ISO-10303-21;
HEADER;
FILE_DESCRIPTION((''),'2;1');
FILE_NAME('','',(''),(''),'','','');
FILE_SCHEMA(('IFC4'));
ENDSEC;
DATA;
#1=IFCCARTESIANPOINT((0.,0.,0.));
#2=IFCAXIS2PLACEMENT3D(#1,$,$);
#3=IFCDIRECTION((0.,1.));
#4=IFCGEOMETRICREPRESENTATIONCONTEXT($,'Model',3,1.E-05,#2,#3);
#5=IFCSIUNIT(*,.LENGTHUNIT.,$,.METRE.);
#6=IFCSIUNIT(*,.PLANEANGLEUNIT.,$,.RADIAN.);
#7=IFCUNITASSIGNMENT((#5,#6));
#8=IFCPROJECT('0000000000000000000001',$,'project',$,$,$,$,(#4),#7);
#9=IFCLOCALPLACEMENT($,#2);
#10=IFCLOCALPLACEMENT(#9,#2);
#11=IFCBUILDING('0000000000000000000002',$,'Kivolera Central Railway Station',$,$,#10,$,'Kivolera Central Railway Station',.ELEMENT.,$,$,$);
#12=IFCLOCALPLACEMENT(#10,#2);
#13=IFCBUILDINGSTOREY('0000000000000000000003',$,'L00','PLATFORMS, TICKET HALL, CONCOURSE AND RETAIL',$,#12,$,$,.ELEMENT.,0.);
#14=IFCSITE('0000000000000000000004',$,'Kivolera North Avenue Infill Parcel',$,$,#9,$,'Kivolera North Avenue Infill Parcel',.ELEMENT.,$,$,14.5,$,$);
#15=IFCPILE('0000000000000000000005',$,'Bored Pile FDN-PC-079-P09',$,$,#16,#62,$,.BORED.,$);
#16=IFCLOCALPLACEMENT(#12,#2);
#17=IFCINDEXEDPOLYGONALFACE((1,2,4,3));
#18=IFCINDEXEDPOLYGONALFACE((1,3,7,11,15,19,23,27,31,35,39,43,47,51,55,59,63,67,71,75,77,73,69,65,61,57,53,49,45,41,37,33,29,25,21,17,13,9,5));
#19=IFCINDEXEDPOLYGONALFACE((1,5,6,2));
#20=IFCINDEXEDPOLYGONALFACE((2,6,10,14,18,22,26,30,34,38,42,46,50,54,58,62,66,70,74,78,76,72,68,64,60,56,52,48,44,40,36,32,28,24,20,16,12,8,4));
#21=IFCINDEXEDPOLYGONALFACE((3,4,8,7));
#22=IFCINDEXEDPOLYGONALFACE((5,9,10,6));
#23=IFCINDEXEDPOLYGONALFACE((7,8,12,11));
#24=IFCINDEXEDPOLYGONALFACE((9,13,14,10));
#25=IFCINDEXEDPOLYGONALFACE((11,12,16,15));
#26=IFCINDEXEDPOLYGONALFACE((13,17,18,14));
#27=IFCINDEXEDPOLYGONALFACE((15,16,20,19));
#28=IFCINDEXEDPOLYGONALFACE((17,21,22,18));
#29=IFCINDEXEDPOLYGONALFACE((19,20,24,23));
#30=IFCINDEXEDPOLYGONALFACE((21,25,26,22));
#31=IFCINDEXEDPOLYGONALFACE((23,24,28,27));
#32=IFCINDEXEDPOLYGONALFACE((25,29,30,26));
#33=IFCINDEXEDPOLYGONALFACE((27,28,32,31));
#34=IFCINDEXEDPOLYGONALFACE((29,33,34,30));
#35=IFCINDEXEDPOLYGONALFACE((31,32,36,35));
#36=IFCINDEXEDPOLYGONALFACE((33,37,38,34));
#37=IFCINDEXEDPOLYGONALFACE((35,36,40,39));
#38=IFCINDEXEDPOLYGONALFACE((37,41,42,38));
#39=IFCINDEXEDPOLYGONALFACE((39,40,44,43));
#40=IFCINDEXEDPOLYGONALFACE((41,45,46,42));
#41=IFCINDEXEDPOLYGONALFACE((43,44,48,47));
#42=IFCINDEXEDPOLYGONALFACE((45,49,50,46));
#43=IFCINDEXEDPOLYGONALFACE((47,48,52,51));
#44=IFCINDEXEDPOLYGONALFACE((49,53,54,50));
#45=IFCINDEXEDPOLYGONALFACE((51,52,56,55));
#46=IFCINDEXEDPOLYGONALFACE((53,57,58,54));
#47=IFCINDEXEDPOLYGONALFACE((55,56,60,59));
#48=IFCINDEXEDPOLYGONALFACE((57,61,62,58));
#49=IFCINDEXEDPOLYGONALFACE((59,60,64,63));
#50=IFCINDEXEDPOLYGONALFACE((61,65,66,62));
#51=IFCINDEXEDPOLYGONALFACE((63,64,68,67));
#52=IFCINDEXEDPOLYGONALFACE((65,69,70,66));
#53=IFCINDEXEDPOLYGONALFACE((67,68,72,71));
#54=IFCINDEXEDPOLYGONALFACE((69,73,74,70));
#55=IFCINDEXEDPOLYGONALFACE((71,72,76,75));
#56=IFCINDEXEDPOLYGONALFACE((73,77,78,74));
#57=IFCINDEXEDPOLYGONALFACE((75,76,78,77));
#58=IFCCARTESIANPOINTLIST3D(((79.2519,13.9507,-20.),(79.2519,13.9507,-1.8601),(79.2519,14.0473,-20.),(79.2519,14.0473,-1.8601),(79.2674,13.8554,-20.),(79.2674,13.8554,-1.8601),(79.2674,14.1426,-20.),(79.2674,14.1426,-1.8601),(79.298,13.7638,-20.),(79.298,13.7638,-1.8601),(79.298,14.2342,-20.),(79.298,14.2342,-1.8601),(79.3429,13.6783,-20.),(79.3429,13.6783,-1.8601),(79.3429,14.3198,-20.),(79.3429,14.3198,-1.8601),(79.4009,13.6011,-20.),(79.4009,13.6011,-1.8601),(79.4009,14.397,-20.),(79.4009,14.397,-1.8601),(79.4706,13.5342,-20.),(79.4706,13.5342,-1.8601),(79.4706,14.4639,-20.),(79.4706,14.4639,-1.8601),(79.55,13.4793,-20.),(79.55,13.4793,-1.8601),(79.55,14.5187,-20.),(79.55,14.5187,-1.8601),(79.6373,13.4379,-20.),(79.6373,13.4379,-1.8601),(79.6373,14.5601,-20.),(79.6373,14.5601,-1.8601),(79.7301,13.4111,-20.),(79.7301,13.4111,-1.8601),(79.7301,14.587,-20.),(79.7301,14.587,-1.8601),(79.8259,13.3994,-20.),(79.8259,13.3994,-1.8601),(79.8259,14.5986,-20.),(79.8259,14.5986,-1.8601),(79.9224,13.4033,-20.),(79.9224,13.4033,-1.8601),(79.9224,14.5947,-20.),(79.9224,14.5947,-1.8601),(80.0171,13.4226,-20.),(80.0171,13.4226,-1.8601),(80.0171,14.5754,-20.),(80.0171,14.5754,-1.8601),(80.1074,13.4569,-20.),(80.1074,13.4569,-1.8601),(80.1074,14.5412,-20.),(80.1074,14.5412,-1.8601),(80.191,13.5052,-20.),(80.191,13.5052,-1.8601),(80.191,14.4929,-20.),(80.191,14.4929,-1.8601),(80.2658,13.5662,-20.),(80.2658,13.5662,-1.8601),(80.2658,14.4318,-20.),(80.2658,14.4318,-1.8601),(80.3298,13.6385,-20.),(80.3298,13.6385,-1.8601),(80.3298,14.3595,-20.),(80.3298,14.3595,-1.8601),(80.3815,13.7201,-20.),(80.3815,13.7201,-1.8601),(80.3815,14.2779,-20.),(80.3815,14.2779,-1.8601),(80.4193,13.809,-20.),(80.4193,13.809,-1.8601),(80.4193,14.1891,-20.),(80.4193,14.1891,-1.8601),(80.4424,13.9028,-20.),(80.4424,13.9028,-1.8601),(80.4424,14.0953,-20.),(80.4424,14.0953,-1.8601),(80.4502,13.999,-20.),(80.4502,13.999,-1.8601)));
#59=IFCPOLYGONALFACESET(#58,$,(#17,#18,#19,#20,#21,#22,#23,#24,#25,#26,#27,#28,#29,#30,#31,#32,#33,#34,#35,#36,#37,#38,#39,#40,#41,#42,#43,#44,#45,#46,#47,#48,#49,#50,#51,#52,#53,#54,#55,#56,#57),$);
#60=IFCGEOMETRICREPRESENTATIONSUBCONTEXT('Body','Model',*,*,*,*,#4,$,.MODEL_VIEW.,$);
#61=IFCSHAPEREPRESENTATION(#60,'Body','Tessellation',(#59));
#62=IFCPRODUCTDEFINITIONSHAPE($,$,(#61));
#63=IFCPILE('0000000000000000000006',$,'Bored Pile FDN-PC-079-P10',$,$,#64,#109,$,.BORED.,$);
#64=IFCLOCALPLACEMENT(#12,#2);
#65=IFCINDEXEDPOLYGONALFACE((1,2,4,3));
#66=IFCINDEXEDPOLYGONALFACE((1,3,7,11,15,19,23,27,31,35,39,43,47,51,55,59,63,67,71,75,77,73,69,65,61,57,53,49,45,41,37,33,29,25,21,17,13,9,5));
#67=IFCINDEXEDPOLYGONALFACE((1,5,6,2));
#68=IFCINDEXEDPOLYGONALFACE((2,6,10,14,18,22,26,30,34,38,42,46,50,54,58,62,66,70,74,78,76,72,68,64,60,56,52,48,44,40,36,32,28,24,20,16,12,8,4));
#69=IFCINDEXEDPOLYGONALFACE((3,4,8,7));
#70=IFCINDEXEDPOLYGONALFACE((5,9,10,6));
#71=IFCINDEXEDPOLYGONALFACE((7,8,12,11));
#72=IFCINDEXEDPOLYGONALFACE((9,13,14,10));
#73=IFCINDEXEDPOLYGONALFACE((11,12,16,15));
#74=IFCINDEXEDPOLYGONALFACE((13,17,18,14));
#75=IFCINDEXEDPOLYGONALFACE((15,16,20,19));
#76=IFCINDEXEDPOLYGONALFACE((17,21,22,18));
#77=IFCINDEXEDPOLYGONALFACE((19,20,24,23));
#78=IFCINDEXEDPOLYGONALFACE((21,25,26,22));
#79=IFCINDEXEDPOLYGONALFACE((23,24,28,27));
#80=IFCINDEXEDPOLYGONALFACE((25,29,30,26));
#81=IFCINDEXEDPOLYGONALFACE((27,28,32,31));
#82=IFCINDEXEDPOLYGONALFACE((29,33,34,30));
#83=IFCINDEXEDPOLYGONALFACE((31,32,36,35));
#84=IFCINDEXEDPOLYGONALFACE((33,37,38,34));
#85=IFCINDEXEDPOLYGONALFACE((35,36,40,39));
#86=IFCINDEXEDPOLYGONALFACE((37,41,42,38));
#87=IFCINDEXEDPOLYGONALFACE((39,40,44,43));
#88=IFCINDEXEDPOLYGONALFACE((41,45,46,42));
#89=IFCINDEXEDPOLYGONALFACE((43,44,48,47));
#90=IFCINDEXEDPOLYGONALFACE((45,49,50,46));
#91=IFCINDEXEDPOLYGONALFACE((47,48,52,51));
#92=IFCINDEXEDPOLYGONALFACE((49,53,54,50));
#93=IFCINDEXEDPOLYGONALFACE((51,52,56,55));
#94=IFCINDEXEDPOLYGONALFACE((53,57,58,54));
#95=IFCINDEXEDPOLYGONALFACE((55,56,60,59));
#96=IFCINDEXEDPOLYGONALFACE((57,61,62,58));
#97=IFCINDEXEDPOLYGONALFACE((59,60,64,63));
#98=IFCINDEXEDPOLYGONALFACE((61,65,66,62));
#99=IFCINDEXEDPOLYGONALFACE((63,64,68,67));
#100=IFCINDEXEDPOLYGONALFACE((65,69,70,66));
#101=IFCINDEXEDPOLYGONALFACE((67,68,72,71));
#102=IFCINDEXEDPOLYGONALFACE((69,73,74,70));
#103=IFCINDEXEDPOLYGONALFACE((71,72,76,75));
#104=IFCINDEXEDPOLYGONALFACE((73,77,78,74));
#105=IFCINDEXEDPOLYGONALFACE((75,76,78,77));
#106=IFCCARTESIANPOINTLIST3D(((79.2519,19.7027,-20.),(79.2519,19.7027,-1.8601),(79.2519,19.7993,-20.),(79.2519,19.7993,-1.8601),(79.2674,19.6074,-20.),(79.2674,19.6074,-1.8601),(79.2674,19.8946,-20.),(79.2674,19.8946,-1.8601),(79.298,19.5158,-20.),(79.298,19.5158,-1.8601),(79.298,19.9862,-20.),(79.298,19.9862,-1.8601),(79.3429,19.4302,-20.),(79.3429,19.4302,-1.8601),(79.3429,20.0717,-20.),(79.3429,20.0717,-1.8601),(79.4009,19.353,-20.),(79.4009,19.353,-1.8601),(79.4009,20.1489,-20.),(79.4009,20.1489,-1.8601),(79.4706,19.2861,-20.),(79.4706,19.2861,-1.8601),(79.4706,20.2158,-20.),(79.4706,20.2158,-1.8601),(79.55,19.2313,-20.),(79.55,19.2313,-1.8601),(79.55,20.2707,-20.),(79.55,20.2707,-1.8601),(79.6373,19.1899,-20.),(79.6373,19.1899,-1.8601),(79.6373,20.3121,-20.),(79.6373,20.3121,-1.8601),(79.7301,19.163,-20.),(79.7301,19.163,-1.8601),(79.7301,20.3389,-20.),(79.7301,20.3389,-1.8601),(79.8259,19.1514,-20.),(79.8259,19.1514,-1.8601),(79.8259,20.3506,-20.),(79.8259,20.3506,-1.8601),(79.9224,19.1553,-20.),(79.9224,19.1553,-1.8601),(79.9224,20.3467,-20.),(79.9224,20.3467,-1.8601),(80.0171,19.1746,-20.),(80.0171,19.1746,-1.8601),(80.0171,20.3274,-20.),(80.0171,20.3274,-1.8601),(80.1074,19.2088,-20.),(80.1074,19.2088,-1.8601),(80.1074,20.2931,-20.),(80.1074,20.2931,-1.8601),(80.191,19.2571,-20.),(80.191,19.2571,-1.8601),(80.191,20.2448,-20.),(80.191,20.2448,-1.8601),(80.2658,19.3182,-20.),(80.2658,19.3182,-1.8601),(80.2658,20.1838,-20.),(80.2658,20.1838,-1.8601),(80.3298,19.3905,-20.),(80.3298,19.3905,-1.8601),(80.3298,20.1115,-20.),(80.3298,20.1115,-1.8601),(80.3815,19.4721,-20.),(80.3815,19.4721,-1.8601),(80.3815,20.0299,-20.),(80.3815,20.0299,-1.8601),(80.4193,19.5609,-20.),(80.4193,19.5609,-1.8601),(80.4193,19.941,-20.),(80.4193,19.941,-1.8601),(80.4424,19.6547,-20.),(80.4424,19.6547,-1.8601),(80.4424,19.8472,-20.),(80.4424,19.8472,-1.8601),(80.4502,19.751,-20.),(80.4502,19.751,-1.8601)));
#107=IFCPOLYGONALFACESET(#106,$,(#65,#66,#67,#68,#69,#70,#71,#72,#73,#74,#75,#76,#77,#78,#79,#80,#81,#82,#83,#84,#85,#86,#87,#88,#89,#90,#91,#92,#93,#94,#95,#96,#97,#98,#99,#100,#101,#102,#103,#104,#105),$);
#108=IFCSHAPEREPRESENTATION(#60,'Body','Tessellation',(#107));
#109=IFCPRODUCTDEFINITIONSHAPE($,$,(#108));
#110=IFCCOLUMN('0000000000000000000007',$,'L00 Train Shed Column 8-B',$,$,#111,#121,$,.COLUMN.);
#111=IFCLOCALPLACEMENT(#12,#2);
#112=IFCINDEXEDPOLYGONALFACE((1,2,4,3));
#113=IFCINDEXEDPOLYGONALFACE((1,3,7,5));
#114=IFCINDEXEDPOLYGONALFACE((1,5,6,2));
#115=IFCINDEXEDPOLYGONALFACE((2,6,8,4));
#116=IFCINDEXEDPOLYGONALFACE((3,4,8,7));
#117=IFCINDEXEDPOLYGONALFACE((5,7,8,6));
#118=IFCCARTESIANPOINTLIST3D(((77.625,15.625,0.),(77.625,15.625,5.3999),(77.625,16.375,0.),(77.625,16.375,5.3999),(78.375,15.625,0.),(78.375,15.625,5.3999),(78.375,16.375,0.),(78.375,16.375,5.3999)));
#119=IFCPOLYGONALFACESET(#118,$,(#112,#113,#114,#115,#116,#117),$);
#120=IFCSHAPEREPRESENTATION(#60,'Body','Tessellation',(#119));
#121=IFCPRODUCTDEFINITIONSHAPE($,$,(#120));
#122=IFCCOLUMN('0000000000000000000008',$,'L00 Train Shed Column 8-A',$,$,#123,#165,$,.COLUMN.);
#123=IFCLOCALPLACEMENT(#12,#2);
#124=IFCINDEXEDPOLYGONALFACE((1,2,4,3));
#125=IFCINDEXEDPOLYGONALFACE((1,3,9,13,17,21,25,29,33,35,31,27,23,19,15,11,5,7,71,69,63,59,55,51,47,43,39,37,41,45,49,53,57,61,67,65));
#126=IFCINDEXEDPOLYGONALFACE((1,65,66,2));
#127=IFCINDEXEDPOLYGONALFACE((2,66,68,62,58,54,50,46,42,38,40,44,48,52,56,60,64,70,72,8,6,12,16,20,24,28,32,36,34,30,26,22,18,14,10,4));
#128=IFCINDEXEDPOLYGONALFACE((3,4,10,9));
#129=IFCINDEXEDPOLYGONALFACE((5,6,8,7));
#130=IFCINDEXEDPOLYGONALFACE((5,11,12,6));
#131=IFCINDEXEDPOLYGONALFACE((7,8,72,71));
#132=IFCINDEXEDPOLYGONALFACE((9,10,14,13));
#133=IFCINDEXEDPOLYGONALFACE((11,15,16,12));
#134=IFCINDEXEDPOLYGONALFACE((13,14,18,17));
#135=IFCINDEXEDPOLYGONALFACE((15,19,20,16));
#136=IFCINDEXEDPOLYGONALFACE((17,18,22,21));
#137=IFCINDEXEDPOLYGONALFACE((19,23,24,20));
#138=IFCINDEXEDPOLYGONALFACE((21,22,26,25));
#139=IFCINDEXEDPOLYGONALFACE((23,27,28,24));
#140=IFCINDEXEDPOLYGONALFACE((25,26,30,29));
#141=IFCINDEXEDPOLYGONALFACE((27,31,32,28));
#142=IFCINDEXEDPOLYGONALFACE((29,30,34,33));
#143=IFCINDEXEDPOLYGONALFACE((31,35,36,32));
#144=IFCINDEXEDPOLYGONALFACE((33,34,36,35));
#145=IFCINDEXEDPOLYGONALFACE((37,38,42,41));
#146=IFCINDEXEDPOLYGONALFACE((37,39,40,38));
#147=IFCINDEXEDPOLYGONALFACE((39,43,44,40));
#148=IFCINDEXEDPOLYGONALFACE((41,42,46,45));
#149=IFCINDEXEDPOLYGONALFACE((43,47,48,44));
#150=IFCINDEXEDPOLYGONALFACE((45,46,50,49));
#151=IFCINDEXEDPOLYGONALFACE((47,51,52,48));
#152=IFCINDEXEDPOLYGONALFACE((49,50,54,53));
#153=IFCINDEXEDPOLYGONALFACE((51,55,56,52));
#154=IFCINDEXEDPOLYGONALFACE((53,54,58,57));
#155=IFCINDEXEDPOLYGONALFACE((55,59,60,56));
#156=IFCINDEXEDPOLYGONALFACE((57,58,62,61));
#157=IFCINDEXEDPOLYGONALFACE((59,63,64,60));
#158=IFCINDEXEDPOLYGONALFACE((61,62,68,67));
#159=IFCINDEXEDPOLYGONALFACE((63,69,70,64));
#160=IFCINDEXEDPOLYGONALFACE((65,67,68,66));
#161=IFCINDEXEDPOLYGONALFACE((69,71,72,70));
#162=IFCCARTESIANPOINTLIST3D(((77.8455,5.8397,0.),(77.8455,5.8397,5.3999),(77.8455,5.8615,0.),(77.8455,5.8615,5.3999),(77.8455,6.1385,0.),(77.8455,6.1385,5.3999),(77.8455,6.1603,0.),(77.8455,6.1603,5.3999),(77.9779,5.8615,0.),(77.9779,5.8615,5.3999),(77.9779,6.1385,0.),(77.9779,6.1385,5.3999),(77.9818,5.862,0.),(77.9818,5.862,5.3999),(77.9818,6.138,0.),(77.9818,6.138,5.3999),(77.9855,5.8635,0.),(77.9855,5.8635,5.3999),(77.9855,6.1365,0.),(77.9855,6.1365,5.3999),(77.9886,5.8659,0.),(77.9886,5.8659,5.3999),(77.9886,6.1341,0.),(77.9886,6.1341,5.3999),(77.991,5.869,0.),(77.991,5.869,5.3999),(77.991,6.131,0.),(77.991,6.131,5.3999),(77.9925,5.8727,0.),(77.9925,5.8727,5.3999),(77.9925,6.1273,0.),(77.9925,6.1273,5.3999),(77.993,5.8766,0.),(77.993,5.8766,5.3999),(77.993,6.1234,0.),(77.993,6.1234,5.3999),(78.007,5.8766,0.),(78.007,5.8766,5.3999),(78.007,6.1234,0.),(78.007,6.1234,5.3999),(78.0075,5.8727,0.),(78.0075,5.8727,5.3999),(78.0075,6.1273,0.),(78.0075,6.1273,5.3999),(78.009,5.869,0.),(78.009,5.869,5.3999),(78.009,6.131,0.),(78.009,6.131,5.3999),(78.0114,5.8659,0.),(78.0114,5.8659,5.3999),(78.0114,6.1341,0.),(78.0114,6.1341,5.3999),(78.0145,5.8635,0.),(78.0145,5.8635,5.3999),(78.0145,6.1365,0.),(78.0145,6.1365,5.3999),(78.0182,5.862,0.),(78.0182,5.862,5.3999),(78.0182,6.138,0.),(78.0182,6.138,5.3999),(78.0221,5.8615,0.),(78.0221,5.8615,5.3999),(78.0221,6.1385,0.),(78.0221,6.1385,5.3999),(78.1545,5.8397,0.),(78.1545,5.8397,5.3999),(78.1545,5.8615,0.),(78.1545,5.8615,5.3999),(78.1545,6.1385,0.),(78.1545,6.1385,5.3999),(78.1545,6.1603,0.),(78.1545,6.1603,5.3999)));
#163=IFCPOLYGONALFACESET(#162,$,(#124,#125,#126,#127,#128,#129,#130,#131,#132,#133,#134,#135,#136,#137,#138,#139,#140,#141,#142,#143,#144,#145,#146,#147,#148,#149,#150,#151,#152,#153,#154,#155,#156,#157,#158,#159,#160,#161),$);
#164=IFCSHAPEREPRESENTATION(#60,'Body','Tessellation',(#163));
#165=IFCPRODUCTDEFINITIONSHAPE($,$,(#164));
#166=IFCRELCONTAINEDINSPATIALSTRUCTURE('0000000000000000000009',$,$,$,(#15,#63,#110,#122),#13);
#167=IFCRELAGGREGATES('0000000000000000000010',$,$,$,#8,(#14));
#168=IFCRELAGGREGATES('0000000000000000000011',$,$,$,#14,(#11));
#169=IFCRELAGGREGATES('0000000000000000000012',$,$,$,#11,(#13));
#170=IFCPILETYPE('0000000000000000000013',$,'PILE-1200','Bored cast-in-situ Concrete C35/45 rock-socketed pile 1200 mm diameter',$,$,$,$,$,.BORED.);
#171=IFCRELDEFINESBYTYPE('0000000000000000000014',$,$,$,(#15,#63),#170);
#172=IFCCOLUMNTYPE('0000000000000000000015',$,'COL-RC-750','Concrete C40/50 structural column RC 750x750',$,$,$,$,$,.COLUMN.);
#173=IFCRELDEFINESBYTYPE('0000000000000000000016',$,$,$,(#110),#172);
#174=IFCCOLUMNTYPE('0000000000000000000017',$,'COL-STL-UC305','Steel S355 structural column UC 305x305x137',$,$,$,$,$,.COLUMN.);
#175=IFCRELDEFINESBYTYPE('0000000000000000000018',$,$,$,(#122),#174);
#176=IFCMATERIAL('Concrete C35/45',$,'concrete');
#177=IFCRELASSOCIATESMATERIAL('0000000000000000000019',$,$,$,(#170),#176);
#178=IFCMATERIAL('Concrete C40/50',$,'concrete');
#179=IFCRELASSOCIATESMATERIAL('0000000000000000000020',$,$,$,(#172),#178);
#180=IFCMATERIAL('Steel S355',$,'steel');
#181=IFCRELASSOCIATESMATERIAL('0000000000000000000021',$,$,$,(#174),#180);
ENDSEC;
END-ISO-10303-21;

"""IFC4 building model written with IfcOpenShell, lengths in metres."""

from ifc_helpers import new_model, si_unit, direction, frame, origin, origin_2d, place, context, subcontext, project, spatial, rectangle, circle, i_section, extrude, material, material_profile, profile_set, type_object, element, save


model = new_model("IFC4")

# Units and contexts
model_context = context("Model", 3, precision=1e-05, world=origin(), true_north=direction((0.0, 1.0)))
body_context = subcontext(model_context, "Body", "Model", "MODEL_VIEW")
ifc_project = project(units=[si_unit("LENGTHUNIT", "METRE"), si_unit("PLANEANGLEUNIT", "RADIAN")], contexts=[model_context])

# Site, building, storey
site_placement = place(None, origin())
site = spatial("IfcSite", under=ifc_project, at=site_placement, Name="Kivolera North Avenue Infill Parcel", LongName="Kivolera North Avenue Infill Parcel", CompositionType="ELEMENT", RefElevation=14.5)
building_placement = place(site_placement, origin())
building = spatial("IfcBuilding", under=site, at=building_placement, Name="Kivolera Central Railway Station", LongName="Kivolera Central Railway Station", CompositionType="ELEMENT")
storey_placement = place(building_placement, origin())
storey = spatial("IfcBuildingStorey", under=building, at=storey_placement, Name="L00", Description="PLATFORMS, TICKET HALL, CONCOURSE AND RETAIL", CompositionType="ELEMENT", Elevation=0.0)

# Shared definitions
ifc_material_1 = material(Name="Concrete C35/45", Category="concrete")

# Piles
ifc_material_profile_1 = material_profile(ifc_material_1, circle(Radius=0.6001, at=origin_2d()), Name="PILE D1200")
ifc_profile_set_1 = profile_set([ifc_material_profile_1], Name="Concrete C35/45")
pile_type_1 = type_object("IfcPileType", Name="PILE-1200", Description="Bored cast-in-situ Concrete C35/45 rock-socketed pile 1200 mm diameter", PredefinedType="BORED", material=ifc_profile_set_1)
for number, where, z_axis, x_axis, name in (
    (1, (79.8501, 13.999, -1.8601), (0.0, 0.0, -1.0), (1.0, 0.0, 0.0), "Bored Pile FDN-PC-079-P09"),
    (2, (79.8501, 19.751, -1.8601), (0.0, 0.0, -1.0), (1.0, 0.0, 0.0), "Bored Pile FDN-PC-079-P10"),
):
    element("IfcPile", number, at=place(storey_placement, frame(where, z_axis=z_axis, x_axis=x_axis)), inside=storey, type_object=pile_type_1, Name=name, PredefinedType="BORED", context=body_context, shape_type="SweptSolid", body=[
        extrude(circle(Radius=0.6001, at=origin_2d()), origin(), (0.0, 0.0, 1.0), 18.1399),
    ])

# Columns
ifc_material_2 = material(Name="Concrete C40/50", Category="concrete")
ifc_material_profile_2 = material_profile(ifc_material_2, rectangle(XDim=0.75, YDim=0.75, at=origin_2d()), Name="RC 750x750")
ifc_profile_set_2 = profile_set([ifc_material_profile_2], Name="Concrete C40/50")
column_type_1 = type_object("IfcColumnType", Name="COL-RC-750", Description="Concrete C40/50 structural column RC 750x750", PredefinedType="COLUMN", material=ifc_profile_set_2)
column_1_placement = place(storey_placement, frame((78.0, 16.0, 0.0), z_axis=(0.0, 0.0, 1.0), x_axis=(1.0, 0.0, 0.0)))
element("IfcColumn", 3, at=column_1_placement, inside=storey, type_object=column_type_1, Name="L00 Train Shed Column 8-B", PredefinedType="COLUMN", context=body_context, shape_type="SweptSolid", body=[
    extrude(rectangle(XDim=0.75, YDim=0.75, at=origin_2d()), origin(), (0.0, 0.0, 1.0), 5.3999),
])
ifc_material_3 = material(Name="Steel S355", Category="steel")
ifc_material_profile_3 = material_profile(ifc_material_3, i_section(OverallWidth=0.3091, OverallDepth=0.3206, WebThickness=0.0139, FlangeThickness=0.0217, FilletRadius=0.0151, at=origin_2d()), Name="UC 305x305x137")
ifc_profile_set_3 = profile_set([ifc_material_profile_3], Name="Steel S355")
column_type_2 = type_object("IfcColumnType", Name="COL-STL-UC305", Description="Steel S355 structural column UC 305x305x137", PredefinedType="COLUMN", material=ifc_profile_set_3)
column_2_placement = place(storey_placement, frame((78.0, 6.0, 0.0), z_axis=(0.0, 0.0, 1.0), x_axis=(1.0, 0.0, 0.0)))
element("IfcColumn", 4, at=column_2_placement, inside=storey, type_object=column_type_2, Name="L00 Train Shed Column 8-A", PredefinedType="COLUMN", context=body_context, shape_type="SweptSolid", body=[
    extrude(i_section(OverallWidth=0.3091, OverallDepth=0.3206, WebThickness=0.0139, FlangeThickness=0.0217, FilletRadius=0.0151, at=origin_2d()), origin(), (0.0, 0.0, 1.0), 5.3999),
])

save(model, "model.ifc")
